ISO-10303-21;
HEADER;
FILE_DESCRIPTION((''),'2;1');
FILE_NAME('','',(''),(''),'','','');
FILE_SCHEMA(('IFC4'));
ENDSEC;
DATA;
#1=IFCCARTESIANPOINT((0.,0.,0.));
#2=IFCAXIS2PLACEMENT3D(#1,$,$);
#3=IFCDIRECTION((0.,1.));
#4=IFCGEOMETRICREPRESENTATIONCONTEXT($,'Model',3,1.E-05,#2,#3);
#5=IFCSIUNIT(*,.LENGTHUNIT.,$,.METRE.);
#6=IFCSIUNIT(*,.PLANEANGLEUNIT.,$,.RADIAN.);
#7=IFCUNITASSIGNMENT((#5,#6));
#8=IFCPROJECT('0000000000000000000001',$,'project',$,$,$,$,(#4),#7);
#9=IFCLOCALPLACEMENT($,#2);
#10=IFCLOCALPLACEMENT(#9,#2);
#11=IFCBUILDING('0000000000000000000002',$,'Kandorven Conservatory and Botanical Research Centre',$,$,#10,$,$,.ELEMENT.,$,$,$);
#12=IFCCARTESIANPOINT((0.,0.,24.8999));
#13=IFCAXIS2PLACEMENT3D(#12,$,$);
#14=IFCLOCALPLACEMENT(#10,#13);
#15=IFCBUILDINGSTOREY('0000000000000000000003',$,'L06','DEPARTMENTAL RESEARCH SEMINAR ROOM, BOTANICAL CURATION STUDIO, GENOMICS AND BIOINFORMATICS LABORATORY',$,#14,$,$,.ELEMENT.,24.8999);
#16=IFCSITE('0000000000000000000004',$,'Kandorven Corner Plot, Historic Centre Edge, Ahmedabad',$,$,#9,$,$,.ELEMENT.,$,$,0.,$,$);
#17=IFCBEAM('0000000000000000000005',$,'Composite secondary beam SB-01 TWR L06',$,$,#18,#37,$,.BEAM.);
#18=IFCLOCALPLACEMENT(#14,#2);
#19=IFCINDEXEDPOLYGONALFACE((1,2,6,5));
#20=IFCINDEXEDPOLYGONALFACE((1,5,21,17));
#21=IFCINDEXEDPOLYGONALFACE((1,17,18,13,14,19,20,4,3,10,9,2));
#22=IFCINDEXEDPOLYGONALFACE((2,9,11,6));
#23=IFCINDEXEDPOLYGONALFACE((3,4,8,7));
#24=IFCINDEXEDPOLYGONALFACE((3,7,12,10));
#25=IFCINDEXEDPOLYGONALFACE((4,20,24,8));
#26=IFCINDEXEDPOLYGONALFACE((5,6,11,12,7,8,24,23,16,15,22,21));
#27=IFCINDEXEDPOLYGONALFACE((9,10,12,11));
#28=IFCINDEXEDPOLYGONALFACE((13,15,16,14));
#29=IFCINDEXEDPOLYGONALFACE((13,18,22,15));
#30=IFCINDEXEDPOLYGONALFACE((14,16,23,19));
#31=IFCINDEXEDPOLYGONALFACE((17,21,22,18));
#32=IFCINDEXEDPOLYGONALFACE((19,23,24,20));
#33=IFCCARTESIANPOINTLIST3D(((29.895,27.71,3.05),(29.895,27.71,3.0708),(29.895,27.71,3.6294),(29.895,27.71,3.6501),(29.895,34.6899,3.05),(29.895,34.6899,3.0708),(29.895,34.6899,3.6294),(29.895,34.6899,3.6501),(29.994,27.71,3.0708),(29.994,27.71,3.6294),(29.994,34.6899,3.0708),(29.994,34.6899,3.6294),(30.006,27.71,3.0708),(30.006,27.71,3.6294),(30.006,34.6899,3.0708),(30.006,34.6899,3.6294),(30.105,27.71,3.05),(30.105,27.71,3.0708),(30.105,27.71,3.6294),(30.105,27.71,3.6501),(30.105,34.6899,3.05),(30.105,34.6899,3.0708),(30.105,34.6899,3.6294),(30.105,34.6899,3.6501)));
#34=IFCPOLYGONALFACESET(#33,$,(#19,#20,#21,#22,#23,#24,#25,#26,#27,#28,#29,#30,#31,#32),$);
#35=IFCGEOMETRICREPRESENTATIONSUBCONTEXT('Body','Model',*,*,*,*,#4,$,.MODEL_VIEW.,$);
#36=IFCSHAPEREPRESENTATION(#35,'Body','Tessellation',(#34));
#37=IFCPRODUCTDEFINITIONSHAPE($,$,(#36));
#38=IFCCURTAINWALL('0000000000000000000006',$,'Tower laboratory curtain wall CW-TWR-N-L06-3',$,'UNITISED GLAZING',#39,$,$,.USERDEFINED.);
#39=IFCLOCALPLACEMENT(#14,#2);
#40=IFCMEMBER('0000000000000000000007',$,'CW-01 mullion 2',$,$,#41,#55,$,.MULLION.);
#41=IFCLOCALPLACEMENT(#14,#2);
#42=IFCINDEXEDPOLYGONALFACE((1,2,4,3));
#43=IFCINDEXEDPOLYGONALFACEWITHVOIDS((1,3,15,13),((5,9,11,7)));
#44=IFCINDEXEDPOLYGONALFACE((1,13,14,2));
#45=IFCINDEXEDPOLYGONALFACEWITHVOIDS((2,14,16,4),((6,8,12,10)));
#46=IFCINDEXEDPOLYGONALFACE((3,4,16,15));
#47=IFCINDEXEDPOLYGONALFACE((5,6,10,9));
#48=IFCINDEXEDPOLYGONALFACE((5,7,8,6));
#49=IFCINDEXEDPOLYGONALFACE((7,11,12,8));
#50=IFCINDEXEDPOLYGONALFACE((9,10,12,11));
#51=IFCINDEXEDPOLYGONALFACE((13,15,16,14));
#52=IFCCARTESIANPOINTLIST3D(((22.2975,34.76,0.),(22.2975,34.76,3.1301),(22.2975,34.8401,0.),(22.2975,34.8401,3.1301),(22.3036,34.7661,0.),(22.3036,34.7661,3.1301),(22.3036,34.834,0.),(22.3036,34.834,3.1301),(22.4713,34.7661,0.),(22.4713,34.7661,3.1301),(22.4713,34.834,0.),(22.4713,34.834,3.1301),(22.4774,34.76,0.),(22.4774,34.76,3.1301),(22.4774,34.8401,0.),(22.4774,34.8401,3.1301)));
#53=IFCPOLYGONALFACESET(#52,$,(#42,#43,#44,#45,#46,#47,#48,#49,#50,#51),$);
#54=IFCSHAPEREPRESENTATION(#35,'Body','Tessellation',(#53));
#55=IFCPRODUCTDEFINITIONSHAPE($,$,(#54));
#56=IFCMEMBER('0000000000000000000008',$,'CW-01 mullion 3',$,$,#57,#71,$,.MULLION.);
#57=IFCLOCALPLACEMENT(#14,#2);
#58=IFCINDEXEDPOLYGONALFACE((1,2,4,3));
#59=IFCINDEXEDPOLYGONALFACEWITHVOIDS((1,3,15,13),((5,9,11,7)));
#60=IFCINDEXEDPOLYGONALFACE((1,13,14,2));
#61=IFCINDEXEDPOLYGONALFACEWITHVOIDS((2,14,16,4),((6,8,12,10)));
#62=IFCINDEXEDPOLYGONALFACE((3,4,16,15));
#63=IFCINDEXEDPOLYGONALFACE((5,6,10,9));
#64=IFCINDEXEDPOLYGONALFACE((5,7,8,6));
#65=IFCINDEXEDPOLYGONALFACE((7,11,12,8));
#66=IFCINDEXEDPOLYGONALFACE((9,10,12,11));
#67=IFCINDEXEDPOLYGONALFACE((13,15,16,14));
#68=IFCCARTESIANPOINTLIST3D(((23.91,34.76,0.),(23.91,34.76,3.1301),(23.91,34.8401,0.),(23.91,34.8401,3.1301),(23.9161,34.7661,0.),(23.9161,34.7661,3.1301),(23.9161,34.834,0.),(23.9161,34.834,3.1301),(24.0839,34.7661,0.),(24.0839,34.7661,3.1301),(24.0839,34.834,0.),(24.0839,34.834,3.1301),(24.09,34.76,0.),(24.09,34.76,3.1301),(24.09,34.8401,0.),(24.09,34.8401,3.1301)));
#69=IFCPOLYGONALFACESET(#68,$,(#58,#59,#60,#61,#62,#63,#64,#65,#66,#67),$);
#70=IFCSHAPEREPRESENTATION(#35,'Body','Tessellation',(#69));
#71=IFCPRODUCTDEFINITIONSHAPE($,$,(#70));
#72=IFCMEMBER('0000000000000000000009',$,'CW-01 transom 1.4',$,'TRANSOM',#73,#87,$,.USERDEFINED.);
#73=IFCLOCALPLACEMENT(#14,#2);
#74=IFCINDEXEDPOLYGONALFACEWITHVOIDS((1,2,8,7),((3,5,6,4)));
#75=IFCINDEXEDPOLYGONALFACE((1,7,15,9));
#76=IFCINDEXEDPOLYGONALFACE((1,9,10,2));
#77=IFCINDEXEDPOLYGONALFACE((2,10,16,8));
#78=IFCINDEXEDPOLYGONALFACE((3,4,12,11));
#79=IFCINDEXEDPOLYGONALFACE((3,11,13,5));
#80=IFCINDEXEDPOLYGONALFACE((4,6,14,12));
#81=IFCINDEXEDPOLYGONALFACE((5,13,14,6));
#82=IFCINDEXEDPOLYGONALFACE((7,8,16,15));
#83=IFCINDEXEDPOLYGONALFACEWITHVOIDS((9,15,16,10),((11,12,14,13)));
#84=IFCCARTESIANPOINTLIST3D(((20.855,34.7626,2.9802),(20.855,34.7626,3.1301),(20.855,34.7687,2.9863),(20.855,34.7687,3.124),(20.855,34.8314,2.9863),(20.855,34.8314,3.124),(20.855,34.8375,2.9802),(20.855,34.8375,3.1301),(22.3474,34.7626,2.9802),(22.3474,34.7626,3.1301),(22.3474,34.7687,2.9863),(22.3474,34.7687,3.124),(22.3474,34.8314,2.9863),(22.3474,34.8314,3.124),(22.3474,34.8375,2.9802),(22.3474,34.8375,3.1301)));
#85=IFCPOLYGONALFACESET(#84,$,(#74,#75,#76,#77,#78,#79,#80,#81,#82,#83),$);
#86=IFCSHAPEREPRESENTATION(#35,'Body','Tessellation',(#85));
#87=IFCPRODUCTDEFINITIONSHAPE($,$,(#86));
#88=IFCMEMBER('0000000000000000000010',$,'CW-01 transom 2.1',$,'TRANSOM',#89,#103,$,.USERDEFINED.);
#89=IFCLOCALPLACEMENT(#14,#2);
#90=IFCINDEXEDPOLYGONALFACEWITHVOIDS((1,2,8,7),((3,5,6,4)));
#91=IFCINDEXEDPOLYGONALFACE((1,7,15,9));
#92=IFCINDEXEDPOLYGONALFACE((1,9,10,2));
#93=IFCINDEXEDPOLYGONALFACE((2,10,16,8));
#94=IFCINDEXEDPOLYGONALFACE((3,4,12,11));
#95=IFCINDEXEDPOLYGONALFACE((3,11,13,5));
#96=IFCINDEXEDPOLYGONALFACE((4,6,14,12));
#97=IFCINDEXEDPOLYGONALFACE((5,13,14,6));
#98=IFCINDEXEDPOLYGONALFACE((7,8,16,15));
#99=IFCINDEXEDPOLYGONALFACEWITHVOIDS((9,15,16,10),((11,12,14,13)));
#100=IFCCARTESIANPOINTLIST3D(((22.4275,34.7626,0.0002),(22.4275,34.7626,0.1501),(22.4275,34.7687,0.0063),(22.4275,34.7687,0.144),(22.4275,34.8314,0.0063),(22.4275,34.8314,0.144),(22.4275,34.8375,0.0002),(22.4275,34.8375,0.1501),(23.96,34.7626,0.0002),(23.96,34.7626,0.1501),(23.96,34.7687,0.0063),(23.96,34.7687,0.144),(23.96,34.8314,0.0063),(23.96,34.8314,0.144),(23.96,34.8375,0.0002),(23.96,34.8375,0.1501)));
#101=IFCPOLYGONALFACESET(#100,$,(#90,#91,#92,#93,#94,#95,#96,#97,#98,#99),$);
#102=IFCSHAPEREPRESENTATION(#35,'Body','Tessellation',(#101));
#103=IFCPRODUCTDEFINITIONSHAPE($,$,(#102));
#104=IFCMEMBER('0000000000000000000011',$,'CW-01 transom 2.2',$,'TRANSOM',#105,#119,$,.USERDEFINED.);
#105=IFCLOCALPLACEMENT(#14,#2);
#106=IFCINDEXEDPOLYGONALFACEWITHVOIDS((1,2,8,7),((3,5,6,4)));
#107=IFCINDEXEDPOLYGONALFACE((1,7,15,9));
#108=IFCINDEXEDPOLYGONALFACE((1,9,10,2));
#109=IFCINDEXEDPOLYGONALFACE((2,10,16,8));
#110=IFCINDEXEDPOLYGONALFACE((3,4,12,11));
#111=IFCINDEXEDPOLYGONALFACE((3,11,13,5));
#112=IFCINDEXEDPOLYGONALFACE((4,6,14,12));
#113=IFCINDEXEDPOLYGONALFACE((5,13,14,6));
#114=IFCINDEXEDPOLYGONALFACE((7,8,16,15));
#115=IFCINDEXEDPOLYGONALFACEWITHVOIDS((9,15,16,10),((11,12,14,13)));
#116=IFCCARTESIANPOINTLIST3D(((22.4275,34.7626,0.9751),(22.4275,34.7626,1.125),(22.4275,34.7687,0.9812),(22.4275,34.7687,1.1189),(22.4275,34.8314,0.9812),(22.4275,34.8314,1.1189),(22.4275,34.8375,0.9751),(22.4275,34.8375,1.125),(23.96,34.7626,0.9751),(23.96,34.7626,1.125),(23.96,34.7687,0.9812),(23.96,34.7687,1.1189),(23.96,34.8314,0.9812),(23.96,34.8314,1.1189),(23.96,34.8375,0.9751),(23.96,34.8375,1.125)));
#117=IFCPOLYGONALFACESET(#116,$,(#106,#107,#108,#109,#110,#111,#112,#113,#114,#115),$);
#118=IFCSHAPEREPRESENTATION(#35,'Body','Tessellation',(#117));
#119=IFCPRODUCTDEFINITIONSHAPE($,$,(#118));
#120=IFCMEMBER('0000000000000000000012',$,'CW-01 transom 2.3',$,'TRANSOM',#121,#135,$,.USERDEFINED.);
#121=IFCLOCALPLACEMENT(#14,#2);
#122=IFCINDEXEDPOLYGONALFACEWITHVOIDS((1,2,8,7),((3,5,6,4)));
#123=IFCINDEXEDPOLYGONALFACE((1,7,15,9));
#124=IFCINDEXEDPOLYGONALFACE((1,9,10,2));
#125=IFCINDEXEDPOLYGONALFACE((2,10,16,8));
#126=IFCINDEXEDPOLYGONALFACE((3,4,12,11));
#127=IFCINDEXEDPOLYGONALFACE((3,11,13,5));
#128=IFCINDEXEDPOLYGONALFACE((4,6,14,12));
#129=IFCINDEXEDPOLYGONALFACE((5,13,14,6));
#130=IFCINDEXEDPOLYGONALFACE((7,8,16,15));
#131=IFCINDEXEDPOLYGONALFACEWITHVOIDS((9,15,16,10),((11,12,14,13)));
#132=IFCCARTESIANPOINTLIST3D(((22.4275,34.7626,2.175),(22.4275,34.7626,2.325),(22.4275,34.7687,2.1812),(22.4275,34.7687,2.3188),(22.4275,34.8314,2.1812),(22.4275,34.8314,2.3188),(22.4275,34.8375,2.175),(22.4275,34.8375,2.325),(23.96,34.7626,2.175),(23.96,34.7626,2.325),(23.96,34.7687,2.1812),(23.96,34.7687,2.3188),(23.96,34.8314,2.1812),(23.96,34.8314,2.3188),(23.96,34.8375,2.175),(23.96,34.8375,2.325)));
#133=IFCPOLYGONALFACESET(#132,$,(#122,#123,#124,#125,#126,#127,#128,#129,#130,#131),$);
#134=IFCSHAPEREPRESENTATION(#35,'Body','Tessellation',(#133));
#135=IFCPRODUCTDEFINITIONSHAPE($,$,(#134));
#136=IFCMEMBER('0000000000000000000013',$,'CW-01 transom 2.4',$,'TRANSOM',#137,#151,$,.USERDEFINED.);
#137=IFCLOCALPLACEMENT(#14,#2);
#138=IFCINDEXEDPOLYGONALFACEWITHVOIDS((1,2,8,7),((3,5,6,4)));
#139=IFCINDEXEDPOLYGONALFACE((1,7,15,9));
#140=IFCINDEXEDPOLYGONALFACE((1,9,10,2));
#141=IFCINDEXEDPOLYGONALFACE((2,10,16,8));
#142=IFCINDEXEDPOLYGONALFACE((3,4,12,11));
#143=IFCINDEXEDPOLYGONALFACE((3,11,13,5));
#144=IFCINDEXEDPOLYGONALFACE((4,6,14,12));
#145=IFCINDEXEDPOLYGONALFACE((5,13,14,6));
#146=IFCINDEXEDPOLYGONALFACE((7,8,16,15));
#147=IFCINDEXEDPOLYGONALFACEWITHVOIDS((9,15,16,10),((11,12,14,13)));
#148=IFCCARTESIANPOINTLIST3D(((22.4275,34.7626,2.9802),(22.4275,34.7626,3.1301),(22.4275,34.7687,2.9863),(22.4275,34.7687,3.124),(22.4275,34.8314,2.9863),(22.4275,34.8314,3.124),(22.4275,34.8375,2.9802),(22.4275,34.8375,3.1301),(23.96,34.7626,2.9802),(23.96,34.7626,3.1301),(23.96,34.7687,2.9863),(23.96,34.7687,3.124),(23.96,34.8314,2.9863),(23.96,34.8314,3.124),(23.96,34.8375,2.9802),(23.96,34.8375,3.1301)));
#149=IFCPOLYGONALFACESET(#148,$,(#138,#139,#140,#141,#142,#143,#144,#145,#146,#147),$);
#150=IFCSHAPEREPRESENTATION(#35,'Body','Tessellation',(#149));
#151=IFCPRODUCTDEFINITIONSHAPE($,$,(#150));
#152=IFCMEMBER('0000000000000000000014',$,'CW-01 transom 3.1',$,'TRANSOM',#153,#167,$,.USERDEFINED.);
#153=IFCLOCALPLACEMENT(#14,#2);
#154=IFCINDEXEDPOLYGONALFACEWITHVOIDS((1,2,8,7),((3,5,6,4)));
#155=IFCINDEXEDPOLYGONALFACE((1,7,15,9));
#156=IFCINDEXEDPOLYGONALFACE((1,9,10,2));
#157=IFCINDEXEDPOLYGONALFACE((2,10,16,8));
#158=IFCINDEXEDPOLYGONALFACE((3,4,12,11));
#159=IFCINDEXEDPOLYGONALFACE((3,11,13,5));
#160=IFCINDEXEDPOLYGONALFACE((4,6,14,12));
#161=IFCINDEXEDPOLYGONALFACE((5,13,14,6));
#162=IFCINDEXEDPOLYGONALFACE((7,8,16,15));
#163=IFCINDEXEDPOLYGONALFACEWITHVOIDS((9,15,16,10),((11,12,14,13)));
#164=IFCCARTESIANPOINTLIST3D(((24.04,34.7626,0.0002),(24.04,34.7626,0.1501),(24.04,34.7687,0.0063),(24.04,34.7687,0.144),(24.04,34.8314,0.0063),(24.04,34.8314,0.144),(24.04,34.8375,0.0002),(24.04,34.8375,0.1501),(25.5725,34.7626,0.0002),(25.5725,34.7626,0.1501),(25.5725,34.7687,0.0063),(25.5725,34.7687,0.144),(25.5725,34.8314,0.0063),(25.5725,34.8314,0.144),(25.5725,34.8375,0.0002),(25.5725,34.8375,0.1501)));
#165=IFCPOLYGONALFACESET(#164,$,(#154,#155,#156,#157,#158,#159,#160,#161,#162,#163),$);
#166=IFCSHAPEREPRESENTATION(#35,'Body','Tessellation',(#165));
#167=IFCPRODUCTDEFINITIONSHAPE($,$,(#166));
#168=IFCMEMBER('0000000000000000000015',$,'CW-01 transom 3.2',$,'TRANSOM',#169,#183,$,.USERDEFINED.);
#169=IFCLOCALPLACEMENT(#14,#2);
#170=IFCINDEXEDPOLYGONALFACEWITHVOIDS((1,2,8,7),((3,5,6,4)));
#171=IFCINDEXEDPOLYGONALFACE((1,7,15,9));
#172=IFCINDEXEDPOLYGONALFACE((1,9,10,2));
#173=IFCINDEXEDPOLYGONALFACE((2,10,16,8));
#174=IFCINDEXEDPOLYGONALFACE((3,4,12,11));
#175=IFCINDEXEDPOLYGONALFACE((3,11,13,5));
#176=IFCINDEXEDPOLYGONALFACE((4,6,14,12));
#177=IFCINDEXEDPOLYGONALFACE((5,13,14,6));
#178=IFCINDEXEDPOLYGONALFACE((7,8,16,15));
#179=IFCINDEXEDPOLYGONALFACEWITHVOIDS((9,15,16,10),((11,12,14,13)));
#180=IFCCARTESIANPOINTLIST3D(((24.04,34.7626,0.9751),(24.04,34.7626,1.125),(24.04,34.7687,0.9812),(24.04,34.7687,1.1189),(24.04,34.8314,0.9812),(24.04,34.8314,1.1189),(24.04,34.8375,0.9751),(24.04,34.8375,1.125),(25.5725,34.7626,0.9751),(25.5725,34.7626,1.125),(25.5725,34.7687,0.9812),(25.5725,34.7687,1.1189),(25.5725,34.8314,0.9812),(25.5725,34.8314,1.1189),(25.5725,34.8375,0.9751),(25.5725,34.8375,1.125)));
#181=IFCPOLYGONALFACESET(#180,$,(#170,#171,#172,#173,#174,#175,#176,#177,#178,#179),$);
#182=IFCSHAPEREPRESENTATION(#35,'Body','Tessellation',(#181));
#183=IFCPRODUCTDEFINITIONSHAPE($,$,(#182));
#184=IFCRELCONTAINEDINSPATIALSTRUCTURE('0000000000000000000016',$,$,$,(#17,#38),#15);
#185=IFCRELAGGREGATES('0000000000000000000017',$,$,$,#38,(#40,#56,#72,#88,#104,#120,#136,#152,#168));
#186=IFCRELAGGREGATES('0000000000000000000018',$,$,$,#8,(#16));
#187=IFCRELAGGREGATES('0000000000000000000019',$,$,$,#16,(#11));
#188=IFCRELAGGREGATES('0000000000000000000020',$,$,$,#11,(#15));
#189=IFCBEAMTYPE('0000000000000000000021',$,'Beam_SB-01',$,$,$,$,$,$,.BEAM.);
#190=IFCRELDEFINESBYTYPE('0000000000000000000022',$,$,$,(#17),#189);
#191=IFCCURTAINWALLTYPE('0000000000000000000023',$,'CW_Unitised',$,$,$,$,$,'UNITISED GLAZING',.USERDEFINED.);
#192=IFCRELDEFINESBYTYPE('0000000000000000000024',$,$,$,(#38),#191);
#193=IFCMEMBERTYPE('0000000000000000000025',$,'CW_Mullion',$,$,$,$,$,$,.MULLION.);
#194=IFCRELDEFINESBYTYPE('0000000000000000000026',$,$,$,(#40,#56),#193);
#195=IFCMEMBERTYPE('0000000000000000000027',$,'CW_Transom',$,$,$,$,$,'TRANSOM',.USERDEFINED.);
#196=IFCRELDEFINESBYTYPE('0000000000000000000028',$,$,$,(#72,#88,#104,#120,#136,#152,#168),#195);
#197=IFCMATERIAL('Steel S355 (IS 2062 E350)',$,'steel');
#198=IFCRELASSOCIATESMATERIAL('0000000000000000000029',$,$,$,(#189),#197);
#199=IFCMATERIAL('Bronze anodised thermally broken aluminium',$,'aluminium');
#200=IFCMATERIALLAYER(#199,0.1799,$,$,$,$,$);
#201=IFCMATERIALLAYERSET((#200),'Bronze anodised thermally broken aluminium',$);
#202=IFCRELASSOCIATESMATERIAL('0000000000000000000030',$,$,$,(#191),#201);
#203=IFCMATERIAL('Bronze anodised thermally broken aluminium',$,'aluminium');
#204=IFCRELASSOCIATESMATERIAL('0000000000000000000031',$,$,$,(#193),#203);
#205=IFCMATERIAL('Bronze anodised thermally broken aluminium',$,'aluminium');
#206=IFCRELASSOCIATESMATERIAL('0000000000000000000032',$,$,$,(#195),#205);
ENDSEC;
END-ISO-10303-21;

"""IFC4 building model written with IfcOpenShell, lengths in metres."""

from ifc_helpers import new_model, si_unit, direction, frame, origin, origin_2d, place, context, subcontext, project, spatial, hollow_rectangle, i_section, extrude, material, layer, layer_set, material_profile, profile_set, type_object, element, aggregate, save


model = new_model("IFC4")

# Units and contexts
model_context = context("Model", 3, precision=1e-05, world=origin(), true_north=direction((0.0, 1.0)))
body_context = subcontext(model_context, "Body", "Model", "MODEL_VIEW")
ifc_project = project(units=[si_unit("LENGTHUNIT", "METRE"), si_unit("PLANEANGLEUNIT", "RADIAN")], contexts=[model_context])

# Site, building, storey
site_placement = place(None, origin())
site = spatial("IfcSite", under=ifc_project, at=site_placement, Name="Kandorven Corner Plot, Historic Centre Edge, Ahmedabad", CompositionType="ELEMENT", RefElevation=0.0)
building_placement = place(site_placement, origin())
building = spatial("IfcBuilding", under=site, at=building_placement, Name="Kandorven Conservatory and Botanical Research Centre", CompositionType="ELEMENT")
storey_placement = place(building_placement, frame((0.0, 0.0, 24.8999)))
storey = spatial("IfcBuildingStorey", under=building, at=storey_placement, Name="L06", Description="DEPARTMENTAL RESEARCH SEMINAR ROOM, BOTANICAL CURATION STUDIO, GENOMICS AND BIOINFORMATICS LABORATORY", CompositionType="ELEMENT", Elevation=24.8999)

# Beam
ifc_material_1 = material(Name="Steel S355 (IS 2062 E350)", Category="steel")
ifc_material_profile_1 = material_profile(ifc_material_1, i_section(OverallWidth=0.21, OverallDepth=0.6001, WebThickness=0.012, FlangeThickness=0.0208, at=origin_2d()))
ifc_profile_set_1 = profile_set([ifc_material_profile_1], Name="Steel S355 (IS 2062 E350)")
beam_type_1 = type_object("IfcBeamType", Name="Beam_SB-01", PredefinedType="BEAM", material=ifc_profile_set_1)
for number, where, z_axis, x_axis, name in (
    (1, (30.0, 27.71, 3.3501), (0.0, 1.0, 0.0), (-1.0, 0.0, 0.0), "Composite secondary beam SB-01 TWR L06"),
):
    element("IfcBeam", number, at=place(storey_placement, frame(where, z_axis=z_axis, x_axis=x_axis)), inside=storey, type_object=beam_type_1, Name=name, PredefinedType="BEAM", context=body_context, shape_type="SweptSolid", body=[
        extrude(i_section(OverallWidth=0.21, OverallDepth=0.6001, WebThickness=0.012, FlangeThickness=0.0208, at=origin_2d()), origin(), (0.0, 0.0, 1.0), 6.98),
    ])

# Curtain wall, members
ifc_material_2 = material(Name="Bronze anodised thermally broken aluminium", Category="aluminium")
ifc_layer_1 = layer(ifc_material_2, 0.1799)
ifc_layer_set_1 = layer_set([ifc_layer_1], Name="Bronze anodised thermally broken aluminium")
curtain_wall_type = type_object("IfcCurtainWallType", Name="CW_Unitised", ElementType="UNITISED GLAZING", PredefinedType="USERDEFINED", material=ifc_layer_set_1)
curtain_wall_placement = place(storey_placement, origin())
curtain_wall = element("IfcCurtainWall", 2, at=curtain_wall_placement, inside=storey, type_object=curtain_wall_type, Name="Tower laboratory curtain wall CW-TWR-N-L06-3", ObjectType="UNITISED GLAZING", PredefinedType="USERDEFINED")
ifc_material_3 = material(Name="Bronze anodised thermally broken aluminium", Category="aluminium")
ifc_material_profile_2 = material_profile(ifc_material_3, hollow_rectangle(XDim=0.0801, YDim=0.1799, WallThickness=0.0061, at=origin_2d()))
ifc_profile_set_2 = profile_set([ifc_material_profile_2], Name="Bronze anodised thermally broken aluminium")
member_type_1 = type_object("IfcMemberType", Name="CW_Mullion", PredefinedType="MULLION", material=ifc_profile_set_2)
member_1_placement = place(storey_placement, frame((22.3875, 34.8, 0.0), z_axis=(0.0, 0.0, 1.0), x_axis=(0.0, 1.0, 0.0)))
member_1 = element("IfcMember", 3, at=member_1_placement, type_object=member_type_1, Name="CW-01 mullion 2", PredefinedType="MULLION", context=body_context, shape_type="SweptSolid", body=[
    extrude(hollow_rectangle(XDim=0.0801, YDim=0.1799, WallThickness=0.0061, at=origin_2d()), origin(), (0.0, 0.0, 1.0), 3.1301),
])
member_2_placement = place(storey_placement, frame((24.0, 34.8, 0.0), z_axis=(0.0, 0.0, 1.0), x_axis=(0.0, 1.0, 0.0)))
member_2 = element("IfcMember", 4, at=member_2_placement, type_object=member_type_1, Name="CW-01 mullion 3", PredefinedType="MULLION", context=body_context, shape_type="SweptSolid", body=[
    extrude(hollow_rectangle(XDim=0.0801, YDim=0.1799, WallThickness=0.0061, at=origin_2d()), origin(), (0.0, 0.0, 1.0), 3.1301),
])
ifc_material_4 = material(Name="Bronze anodised thermally broken aluminium", Category="aluminium")
ifc_material_profile_3 = material_profile(ifc_material_4, hollow_rectangle(XDim=0.075, YDim=0.1499, WallThickness=0.0061, at=origin_2d()))
ifc_profile_set_3 = profile_set([ifc_material_profile_3], Name="Bronze anodised thermally broken aluminium")
member_type_2 = type_object("IfcMemberType", Name="CW_Transom", ElementType="TRANSOM", PredefinedType="USERDEFINED", material=ifc_profile_set_3)
member_3_placement = place(storey_placement, frame((20.855, 34.8, 3.0552), z_axis=(1.0, 0.0, 0.0), x_axis=(0.0, 1.0, 0.0)))
member_3 = element("IfcMember", 5, at=member_3_placement, type_object=member_type_2, Name="CW-01 transom 1.4", ObjectType="TRANSOM", PredefinedType="USERDEFINED", context=body_context, shape_type="SweptSolid", body=[
    extrude(hollow_rectangle(XDim=0.075, YDim=0.1499, WallThickness=0.0061, at=origin_2d()), origin(), (0.0, 0.0, 1.0), 1.4924),
])
member_4_placement = place(storey_placement, frame((22.4275, 34.8, 0.0752), z_axis=(1.0, 0.0, 0.0), x_axis=(0.0, 1.0, 0.0)))
member_4 = element("IfcMember", 6, at=member_4_placement, type_object=member_type_2, Name="CW-01 transom 2.1", ObjectType="TRANSOM", PredefinedType="USERDEFINED", context=body_context, shape_type="SweptSolid", body=[
    extrude(hollow_rectangle(XDim=0.075, YDim=0.1499, WallThickness=0.0061, at=origin_2d()), origin(), (0.0, 0.0, 1.0), 1.5325),
])
member_5_placement = place(storey_placement, frame((22.4275, 34.8, 1.05), z_axis=(1.0, 0.0, 0.0), x_axis=(0.0, 1.0, 0.0)))
member_5 = element("IfcMember", 7, at=member_5_placement, type_object=member_type_2, Name="CW-01 transom 2.2", ObjectType="TRANSOM", PredefinedType="USERDEFINED", context=body_context, shape_type="SweptSolid", body=[
    extrude(hollow_rectangle(XDim=0.075, YDim=0.1499, WallThickness=0.0061, at=origin_2d()), origin(), (0.0, 0.0, 1.0), 1.5325),
])
member_6_placement = place(storey_placement, frame((22.4275, 34.8, 2.25), z_axis=(1.0, 0.0, 0.0), x_axis=(0.0, 1.0, 0.0)))
member_6 = element("IfcMember", 8, at=member_6_placement, type_object=member_type_2, Name="CW-01 transom 2.3", ObjectType="TRANSOM", PredefinedType="USERDEFINED", context=body_context, shape_type="SweptSolid", body=[
    extrude(hollow_rectangle(XDim=0.075, YDim=0.1499, WallThickness=0.0061, at=origin_2d()), origin(), (0.0, 0.0, 1.0), 1.5325),
])
member_7_placement = place(storey_placement, frame((22.4275, 34.8, 3.0552), z_axis=(1.0, 0.0, 0.0), x_axis=(0.0, 1.0, 0.0)))
member_7 = element("IfcMember", 9, at=member_7_placement, type_object=member_type_2, Name="CW-01 transom 2.4", ObjectType="TRANSOM", PredefinedType="USERDEFINED", context=body_context, shape_type="SweptSolid", body=[
    extrude(hollow_rectangle(XDim=0.075, YDim=0.1499, WallThickness=0.0061, at=origin_2d()), origin(), (0.0, 0.0, 1.0), 1.5325),
])
member_8_placement = place(storey_placement, frame((24.04, 34.8, 0.0752), z_axis=(1.0, 0.0, 0.0), x_axis=(0.0, 1.0, 0.0)))
member_8 = element("IfcMember", 10, at=member_8_placement, type_object=member_type_2, Name="CW-01 transom 3.1", ObjectType="TRANSOM", PredefinedType="USERDEFINED", context=body_context, shape_type="SweptSolid", body=[
    extrude(hollow_rectangle(XDim=0.075, YDim=0.1499, WallThickness=0.0061, at=origin_2d()), origin(), (0.0, 0.0, 1.0), 1.5325),
])
member_9_placement = place(storey_placement, frame((24.04, 34.8, 1.05), z_axis=(1.0, 0.0, 0.0), x_axis=(0.0, 1.0, 0.0)))
member_9 = element("IfcMember", 11, at=member_9_placement, type_object=member_type_2, Name="CW-01 transom 3.2", ObjectType="TRANSOM", PredefinedType="USERDEFINED", context=body_context, shape_type="SweptSolid", body=[
    extrude(hollow_rectangle(XDim=0.075, YDim=0.1499, WallThickness=0.0061, at=origin_2d()), origin(), (0.0, 0.0, 1.0), 1.5325),
])
aggregate(curtain_wall, [member_1, member_2, member_3, member_4, member_5, member_6, member_7, member_8, member_9])

save(model, "model.ifc")
